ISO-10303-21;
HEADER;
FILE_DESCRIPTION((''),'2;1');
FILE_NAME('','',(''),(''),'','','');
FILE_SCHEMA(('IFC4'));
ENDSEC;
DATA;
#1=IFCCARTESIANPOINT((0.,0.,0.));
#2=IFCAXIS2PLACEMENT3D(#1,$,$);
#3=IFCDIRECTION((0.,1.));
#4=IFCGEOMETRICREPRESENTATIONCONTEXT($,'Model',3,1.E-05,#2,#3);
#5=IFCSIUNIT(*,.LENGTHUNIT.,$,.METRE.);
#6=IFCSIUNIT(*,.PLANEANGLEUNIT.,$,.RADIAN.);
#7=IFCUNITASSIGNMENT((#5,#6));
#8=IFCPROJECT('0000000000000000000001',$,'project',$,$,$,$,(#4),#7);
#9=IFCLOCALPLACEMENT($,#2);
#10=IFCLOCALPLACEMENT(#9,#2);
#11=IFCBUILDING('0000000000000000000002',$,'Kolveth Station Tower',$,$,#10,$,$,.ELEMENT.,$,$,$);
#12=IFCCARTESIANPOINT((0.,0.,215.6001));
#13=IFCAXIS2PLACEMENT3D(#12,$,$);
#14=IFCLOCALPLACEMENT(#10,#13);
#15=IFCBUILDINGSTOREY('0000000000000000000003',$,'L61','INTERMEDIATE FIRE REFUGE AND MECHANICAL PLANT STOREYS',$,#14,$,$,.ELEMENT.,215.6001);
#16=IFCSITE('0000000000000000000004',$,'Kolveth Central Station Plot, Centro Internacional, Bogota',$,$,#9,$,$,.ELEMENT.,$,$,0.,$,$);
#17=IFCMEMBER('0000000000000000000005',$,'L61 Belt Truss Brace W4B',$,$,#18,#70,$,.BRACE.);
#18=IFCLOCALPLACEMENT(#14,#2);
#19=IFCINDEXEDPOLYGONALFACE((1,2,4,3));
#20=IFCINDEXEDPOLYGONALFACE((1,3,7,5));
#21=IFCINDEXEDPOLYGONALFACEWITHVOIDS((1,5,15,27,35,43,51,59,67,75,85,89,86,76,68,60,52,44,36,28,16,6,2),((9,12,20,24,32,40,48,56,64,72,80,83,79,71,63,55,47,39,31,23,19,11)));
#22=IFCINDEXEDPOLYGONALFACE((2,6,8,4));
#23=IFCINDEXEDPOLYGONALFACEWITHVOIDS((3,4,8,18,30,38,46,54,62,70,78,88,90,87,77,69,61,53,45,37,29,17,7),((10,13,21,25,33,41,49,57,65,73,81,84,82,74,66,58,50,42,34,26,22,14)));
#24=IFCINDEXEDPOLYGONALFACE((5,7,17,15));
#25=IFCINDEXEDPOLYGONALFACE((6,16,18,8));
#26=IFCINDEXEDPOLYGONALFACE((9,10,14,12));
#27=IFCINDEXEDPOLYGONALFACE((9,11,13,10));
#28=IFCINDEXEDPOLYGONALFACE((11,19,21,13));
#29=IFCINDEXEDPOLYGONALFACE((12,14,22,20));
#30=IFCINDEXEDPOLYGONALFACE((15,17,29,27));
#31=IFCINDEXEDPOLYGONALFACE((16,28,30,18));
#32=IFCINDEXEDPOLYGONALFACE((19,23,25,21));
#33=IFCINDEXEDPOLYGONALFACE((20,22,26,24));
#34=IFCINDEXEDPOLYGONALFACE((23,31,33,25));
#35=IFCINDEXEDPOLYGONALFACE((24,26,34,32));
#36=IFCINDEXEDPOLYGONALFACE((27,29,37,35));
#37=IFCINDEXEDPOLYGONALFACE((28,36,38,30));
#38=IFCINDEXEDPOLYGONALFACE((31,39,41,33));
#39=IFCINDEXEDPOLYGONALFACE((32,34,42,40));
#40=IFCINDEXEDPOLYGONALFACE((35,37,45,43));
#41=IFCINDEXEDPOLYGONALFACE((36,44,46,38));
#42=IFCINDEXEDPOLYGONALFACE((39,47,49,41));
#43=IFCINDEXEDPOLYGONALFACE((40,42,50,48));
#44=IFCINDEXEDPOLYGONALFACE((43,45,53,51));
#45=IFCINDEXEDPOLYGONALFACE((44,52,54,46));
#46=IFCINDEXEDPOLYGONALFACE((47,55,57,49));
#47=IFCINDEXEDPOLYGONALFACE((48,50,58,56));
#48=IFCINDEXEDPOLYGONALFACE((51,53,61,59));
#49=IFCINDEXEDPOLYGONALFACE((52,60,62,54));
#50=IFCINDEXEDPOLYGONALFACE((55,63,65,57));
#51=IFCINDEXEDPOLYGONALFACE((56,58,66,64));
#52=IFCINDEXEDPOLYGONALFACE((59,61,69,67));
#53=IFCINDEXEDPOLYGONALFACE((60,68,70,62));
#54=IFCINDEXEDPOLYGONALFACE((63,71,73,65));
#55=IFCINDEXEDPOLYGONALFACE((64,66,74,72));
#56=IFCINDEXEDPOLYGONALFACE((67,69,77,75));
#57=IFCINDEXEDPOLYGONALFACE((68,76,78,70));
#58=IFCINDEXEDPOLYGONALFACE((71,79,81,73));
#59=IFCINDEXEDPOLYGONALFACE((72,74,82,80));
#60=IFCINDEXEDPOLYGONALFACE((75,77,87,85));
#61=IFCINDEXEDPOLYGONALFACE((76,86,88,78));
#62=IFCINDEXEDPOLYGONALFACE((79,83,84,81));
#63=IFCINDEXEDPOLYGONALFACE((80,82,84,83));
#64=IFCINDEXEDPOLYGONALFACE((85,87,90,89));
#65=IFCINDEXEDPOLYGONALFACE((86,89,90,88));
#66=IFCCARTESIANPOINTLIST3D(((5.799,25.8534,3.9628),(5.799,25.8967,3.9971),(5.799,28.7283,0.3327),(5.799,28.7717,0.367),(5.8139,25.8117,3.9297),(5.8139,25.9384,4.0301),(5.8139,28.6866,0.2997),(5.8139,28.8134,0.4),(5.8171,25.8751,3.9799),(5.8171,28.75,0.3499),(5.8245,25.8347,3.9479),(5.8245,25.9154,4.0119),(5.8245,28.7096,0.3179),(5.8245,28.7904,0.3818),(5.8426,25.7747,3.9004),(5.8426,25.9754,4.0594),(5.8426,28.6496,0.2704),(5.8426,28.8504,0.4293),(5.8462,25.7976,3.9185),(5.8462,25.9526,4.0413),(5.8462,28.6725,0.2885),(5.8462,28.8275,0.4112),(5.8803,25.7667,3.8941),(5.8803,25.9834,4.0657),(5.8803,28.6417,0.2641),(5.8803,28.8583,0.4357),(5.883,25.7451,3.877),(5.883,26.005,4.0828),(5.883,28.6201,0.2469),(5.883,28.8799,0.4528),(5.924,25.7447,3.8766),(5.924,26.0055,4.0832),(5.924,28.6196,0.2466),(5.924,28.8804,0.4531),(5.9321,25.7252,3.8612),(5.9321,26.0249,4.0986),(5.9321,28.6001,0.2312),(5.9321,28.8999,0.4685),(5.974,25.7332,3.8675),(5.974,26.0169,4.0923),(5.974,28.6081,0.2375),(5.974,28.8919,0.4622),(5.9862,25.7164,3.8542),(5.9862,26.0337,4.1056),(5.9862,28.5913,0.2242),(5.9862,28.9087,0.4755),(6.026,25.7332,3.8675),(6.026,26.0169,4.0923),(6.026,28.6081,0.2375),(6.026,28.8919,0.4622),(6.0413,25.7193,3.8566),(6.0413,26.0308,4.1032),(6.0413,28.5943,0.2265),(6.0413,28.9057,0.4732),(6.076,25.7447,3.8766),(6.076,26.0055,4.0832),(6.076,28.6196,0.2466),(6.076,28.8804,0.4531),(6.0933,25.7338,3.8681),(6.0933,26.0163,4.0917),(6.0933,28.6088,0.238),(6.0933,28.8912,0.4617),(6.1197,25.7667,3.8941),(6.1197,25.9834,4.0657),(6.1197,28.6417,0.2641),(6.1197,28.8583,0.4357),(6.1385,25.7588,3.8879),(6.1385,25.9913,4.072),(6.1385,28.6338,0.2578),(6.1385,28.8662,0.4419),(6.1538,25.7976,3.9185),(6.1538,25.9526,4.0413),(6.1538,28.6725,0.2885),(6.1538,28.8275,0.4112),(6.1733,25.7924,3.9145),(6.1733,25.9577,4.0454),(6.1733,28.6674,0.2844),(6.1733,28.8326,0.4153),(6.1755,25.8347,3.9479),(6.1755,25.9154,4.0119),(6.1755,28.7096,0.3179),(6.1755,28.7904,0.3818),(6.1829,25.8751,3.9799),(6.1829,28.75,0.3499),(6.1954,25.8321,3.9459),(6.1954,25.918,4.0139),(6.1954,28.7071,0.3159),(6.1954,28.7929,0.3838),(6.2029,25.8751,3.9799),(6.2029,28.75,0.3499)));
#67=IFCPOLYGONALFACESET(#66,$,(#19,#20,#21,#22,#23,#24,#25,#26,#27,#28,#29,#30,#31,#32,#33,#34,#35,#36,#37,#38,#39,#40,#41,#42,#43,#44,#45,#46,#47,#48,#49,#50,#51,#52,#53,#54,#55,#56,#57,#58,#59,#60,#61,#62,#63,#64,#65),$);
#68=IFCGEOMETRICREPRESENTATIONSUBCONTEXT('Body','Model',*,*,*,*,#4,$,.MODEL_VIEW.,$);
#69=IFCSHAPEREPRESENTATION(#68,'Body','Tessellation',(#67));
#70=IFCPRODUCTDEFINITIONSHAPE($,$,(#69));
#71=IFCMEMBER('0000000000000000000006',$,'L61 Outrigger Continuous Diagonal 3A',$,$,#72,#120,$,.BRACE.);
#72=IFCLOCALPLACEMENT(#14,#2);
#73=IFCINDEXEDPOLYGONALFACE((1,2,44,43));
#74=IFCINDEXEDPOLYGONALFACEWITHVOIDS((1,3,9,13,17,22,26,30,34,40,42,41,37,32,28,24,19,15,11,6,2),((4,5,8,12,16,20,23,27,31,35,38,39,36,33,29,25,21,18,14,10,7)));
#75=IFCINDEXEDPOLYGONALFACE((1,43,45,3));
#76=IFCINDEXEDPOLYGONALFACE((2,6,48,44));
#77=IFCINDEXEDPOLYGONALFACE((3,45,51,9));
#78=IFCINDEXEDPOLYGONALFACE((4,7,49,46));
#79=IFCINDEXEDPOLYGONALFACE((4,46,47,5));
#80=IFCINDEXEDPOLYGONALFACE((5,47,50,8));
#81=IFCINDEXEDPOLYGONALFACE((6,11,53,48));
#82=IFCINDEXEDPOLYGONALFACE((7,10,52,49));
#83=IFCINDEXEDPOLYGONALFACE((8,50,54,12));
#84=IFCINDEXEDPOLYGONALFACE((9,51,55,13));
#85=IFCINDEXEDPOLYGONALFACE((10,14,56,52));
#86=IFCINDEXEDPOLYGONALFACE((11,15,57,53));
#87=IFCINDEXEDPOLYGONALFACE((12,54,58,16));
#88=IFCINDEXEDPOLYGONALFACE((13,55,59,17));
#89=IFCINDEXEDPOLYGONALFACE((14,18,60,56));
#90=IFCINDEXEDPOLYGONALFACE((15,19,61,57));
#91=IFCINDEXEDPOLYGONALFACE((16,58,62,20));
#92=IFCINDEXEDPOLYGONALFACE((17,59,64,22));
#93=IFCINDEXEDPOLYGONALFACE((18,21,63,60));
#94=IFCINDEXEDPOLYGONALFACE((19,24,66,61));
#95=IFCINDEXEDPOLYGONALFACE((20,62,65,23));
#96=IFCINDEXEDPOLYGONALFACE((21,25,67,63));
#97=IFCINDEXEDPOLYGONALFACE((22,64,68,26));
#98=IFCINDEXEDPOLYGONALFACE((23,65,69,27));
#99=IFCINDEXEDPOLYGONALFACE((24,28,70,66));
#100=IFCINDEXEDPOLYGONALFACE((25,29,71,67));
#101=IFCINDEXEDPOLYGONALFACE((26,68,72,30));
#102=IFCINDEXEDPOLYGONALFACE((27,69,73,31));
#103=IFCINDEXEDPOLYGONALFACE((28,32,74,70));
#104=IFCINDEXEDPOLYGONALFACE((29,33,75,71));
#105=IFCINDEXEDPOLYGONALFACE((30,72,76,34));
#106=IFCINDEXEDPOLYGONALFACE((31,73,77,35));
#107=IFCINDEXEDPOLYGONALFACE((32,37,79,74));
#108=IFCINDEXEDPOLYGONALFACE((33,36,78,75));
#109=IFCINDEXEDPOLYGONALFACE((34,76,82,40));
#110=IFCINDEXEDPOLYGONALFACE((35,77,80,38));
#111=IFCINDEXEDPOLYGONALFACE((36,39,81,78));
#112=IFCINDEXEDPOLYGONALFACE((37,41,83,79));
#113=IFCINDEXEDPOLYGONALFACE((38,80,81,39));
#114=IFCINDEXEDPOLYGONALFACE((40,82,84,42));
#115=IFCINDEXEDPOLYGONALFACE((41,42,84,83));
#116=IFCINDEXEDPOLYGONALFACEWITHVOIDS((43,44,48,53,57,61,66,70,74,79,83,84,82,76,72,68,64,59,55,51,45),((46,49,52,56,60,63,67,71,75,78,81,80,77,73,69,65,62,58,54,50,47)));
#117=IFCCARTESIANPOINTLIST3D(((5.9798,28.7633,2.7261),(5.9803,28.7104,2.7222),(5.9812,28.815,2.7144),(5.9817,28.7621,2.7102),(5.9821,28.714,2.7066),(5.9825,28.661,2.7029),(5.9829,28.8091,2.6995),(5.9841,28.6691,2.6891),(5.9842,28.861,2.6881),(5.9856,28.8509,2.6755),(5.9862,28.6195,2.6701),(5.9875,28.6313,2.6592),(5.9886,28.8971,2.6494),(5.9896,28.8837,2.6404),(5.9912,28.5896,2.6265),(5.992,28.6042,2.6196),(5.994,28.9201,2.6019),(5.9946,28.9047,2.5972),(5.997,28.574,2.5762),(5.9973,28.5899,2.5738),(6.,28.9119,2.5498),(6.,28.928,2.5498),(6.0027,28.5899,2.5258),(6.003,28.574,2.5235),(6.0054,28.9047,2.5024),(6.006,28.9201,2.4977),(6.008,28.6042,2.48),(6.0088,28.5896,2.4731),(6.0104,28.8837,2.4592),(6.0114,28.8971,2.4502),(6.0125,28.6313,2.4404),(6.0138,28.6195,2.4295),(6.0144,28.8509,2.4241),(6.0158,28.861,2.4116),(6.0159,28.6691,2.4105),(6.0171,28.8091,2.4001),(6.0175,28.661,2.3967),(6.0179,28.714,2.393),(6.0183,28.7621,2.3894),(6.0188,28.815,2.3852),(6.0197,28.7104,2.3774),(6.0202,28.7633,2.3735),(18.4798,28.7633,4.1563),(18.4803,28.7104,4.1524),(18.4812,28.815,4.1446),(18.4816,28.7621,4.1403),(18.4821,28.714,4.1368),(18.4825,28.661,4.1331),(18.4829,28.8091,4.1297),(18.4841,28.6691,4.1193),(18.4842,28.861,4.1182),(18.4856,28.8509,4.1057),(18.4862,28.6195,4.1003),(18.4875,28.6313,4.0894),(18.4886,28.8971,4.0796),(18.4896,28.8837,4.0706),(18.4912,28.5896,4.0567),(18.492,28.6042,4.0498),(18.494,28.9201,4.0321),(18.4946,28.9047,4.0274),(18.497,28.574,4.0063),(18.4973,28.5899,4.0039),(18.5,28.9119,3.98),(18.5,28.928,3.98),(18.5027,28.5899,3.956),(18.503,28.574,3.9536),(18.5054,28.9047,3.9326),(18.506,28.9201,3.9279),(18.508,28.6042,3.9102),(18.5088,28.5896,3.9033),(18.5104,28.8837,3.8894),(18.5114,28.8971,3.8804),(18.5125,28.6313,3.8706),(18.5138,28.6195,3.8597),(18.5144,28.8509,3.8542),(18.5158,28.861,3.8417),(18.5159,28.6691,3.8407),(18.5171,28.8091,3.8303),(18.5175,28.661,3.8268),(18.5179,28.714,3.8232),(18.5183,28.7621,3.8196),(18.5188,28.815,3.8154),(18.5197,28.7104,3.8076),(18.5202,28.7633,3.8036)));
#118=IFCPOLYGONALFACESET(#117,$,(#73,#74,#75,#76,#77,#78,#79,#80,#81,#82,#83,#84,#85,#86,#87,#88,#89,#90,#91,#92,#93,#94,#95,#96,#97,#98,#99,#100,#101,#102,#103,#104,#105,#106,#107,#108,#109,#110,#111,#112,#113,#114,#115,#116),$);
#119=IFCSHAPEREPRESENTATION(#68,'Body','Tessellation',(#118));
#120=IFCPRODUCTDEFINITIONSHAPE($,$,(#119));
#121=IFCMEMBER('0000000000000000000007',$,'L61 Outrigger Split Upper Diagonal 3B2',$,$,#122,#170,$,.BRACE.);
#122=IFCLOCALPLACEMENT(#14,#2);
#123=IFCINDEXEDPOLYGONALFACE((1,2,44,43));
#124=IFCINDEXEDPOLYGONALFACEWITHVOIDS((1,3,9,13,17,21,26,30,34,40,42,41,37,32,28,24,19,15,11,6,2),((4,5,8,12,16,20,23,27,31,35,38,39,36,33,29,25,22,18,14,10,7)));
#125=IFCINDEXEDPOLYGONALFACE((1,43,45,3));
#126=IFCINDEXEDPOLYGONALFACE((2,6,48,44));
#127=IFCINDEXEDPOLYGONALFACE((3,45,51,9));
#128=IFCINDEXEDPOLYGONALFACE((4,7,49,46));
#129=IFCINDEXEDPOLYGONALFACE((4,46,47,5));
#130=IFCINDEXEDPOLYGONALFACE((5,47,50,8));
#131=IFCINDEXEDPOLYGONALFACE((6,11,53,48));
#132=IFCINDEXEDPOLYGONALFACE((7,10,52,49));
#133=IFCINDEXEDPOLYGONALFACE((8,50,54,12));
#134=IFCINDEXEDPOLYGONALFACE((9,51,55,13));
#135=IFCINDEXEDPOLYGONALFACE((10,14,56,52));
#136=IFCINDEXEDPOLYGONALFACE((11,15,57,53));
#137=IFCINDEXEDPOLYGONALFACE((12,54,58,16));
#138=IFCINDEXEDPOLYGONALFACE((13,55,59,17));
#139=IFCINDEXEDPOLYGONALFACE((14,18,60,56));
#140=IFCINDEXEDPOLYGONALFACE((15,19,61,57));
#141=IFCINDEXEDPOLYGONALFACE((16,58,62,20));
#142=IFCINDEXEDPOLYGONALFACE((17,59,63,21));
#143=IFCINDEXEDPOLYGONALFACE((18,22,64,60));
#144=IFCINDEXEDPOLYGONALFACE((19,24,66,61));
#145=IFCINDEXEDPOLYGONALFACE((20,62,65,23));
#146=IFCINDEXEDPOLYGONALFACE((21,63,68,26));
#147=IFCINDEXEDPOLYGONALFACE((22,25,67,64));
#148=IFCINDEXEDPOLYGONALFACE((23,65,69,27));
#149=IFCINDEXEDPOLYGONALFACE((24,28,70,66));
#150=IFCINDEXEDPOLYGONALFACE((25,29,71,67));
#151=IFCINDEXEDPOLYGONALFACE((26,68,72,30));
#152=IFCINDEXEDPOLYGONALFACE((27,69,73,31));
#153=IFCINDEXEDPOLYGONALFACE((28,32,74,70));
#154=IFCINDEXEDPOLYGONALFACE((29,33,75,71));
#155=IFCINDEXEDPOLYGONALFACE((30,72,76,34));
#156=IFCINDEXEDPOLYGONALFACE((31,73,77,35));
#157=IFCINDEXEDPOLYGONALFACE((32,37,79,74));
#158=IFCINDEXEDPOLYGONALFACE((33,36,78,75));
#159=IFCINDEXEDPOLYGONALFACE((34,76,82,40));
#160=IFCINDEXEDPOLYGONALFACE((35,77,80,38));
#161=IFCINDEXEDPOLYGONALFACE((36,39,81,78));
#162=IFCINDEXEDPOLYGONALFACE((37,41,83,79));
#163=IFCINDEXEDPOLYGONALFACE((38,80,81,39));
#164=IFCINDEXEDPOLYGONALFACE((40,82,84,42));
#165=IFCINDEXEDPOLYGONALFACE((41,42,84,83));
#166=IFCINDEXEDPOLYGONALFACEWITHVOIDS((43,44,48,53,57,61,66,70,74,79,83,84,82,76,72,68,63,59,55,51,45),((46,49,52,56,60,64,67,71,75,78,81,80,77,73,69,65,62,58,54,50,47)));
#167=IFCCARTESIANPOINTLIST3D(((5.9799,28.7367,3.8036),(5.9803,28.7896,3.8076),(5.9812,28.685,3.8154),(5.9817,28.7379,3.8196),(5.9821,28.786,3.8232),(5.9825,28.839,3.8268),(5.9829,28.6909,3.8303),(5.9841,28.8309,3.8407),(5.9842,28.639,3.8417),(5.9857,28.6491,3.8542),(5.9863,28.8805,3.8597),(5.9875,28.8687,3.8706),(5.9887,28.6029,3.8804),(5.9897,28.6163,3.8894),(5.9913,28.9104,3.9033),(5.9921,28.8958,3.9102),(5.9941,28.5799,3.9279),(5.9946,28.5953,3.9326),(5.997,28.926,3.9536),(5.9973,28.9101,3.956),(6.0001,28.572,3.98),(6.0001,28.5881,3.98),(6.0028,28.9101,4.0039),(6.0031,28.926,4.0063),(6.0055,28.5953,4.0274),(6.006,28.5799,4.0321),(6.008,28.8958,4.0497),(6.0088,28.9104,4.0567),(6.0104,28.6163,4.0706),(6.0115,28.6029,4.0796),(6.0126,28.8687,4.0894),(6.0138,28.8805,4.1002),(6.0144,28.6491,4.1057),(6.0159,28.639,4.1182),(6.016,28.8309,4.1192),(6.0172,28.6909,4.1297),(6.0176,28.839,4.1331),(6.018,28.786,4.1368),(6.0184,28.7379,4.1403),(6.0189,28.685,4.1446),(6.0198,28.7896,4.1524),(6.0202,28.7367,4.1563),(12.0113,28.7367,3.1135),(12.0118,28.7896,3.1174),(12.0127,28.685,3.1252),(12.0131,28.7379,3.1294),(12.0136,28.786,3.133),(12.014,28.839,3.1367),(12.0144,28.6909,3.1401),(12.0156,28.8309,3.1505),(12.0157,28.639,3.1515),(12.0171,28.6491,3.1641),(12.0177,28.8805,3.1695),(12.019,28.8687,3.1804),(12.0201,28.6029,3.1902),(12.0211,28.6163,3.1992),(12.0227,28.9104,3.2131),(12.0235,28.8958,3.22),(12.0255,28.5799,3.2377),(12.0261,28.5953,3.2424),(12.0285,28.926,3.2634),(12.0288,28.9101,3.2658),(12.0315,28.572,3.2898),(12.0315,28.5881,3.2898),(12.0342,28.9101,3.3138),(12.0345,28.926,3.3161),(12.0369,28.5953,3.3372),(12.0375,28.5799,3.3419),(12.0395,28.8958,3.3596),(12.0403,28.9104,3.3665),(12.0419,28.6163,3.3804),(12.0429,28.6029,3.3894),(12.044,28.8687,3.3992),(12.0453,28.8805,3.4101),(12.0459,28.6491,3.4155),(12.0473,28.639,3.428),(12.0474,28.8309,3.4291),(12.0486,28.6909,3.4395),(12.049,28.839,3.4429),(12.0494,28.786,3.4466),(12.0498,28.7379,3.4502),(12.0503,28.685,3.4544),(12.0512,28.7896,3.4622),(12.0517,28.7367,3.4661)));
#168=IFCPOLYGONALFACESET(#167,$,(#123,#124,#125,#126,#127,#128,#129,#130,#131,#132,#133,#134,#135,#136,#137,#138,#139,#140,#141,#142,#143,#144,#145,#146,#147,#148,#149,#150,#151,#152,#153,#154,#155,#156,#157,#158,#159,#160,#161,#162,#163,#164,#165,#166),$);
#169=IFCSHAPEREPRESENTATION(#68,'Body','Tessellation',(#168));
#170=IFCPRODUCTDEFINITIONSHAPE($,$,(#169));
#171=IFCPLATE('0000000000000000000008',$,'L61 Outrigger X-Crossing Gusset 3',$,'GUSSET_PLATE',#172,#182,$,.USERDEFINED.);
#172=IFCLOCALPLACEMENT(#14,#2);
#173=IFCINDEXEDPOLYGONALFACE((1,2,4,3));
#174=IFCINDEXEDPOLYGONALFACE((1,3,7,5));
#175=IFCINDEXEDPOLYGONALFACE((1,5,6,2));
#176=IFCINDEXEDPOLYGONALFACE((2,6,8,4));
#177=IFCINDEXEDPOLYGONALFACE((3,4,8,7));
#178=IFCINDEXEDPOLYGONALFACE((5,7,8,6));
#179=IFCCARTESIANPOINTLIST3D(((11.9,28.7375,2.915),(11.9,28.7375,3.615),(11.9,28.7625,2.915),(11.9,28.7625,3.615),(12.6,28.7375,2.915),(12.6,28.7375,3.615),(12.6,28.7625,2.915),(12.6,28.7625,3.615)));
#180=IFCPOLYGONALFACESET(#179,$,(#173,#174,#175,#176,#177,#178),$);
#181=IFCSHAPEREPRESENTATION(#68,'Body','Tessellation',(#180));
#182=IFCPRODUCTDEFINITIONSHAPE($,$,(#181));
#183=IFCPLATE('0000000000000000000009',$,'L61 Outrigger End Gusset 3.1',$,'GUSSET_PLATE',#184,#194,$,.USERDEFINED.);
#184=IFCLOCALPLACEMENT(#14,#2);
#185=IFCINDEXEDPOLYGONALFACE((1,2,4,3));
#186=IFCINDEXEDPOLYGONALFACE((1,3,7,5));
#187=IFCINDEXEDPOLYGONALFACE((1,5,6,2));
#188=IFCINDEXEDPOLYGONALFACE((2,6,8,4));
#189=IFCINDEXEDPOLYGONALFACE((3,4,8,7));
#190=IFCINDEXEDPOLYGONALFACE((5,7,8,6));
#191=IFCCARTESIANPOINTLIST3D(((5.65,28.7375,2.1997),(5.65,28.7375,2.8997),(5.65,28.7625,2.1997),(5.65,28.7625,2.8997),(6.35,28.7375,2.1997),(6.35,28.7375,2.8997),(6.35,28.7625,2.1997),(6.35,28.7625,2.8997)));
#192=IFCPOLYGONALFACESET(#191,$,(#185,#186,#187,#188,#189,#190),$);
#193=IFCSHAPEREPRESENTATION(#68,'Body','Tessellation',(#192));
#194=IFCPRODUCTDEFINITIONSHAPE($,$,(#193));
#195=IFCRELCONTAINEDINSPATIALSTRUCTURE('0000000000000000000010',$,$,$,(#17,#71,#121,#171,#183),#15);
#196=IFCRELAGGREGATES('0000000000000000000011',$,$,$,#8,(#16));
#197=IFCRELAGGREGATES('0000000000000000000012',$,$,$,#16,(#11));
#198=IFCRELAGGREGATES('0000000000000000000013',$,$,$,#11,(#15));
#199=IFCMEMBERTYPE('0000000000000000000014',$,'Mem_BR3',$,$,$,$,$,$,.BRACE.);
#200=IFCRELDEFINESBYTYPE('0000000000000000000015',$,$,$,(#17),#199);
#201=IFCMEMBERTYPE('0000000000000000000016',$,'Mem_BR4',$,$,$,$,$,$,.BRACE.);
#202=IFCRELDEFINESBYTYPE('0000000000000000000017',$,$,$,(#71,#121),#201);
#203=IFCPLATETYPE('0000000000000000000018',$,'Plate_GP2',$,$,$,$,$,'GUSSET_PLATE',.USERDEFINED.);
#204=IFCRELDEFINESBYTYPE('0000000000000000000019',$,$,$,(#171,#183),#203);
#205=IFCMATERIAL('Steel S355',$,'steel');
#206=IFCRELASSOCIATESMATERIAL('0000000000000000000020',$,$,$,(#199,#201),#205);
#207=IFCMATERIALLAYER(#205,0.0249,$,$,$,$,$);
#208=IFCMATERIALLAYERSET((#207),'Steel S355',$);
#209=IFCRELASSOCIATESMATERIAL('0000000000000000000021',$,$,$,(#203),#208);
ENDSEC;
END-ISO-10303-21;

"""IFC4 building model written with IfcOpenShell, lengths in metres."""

from ifc_helpers import new_model, si_unit, direction, frame, origin, origin_2d, place, context, subcontext, project, spatial, rectangle, hollow_circle, extrude, source, transform, mapped, material, layer, layer_set, material_profile, profile_set, type_object, element, save


model = new_model("IFC4")

# Units and contexts
model_context = context("Model", 3, precision=1e-05, world=origin(), true_north=direction((0.0, 1.0)))
body_context = subcontext(model_context, "Body", "Model", "MODEL_VIEW")
ifc_project = project(units=[si_unit("LENGTHUNIT", "METRE"), si_unit("PLANEANGLEUNIT", "RADIAN")], contexts=[model_context])

# Site, building, storey
site_placement = place(None, origin())
site = spatial("IfcSite", under=ifc_project, at=site_placement, Name="Kolveth Central Station Plot, Centro Internacional, Bogota", CompositionType="ELEMENT", RefElevation=0.0)
building_placement = place(site_placement, origin())
building = spatial("IfcBuilding", under=site, at=building_placement, Name="Kolveth Station Tower", CompositionType="ELEMENT")
storey_placement = place(building_placement, frame((0.0, 0.0, 215.6001)))
storey = spatial("IfcBuildingStorey", under=building, at=storey_placement, Name="L61", Description="INTERMEDIATE FIRE REFUGE AND MECHANICAL PLANT STOREYS", CompositionType="ELEMENT", Elevation=215.6001)

# Shared definitions
ifc_material_1 = material(Name="Steel S355", Category="steel")

# Members
ifc_material_profile_1 = material_profile(ifc_material_1, hollow_circle(Radius=0.2029, WallThickness=0.02, at=origin_2d()), Name="CHS406x20")
ifc_profile_set_1 = profile_set([ifc_material_profile_1], Name="Steel S355")
member_type_1 = type_object("IfcMemberType", Name="Mem_BR3", PredefinedType="BRACE", material=ifc_profile_set_1)
shared_shape_1 = source(origin(), body_context, "Body", "SweptSolid", [
    extrude(hollow_circle(Radius=0.2029, WallThickness=0.02, at=origin_2d()), origin(), (0.0, 0.0, 1.0), 4.6306),
])
member_1_placement = place(storey_placement, frame((6.0, 28.75, 0.3499), z_axis=(0.0, -0.620856, 0.783925), x_axis=(1.0, 0.0, 0.0)))
element("IfcMember", 1, at=member_1_placement, inside=storey, type_object=member_type_1, Name="L61 Belt Truss Brace W4B", PredefinedType="BRACE", context=body_context, shape_type="MappedRepresentation", body=[
    mapped(shared_shape_1, transform((0.0, 0.0, 0.0), x_axis=(1.0, 0.0, 0.0), y_axis=(0.0, 1.0, 0.0), z_axis=(0.0, 0.0, 1.0), scale=1.0)),
])
ifc_material_profile_2 = material_profile(ifc_material_1, hollow_circle(Radius=0.178, WallThickness=0.0161, at=origin_2d()), Name="CHS356x16")
ifc_profile_set_2 = profile_set([ifc_material_profile_2], Name="Steel S355")
member_type_2 = type_object("IfcMemberType", Name="Mem_BR4", PredefinedType="BRACE", material=ifc_profile_set_2)
shared_shape_2 = source(origin(), body_context, "Body", "SweptSolid", [
    extrude(hollow_circle(Radius=0.178, WallThickness=0.0161, at=origin_2d()), origin(), (0.0, 0.0, 1.0), 12.5815),
])
member_2_placement = place(storey_placement, frame((6.0, 28.75, 2.5498), z_axis=(0.993518, 0.0, 0.113672), x_axis=(0.0, 1.0, 0.0)))
element("IfcMember", 2, at=member_2_placement, inside=storey, type_object=member_type_2, Name="L61 Outrigger Continuous Diagonal 3A", PredefinedType="BRACE", context=body_context, shape_type="MappedRepresentation", body=[
    mapped(shared_shape_2, transform((0.0, 0.0, 0.0), x_axis=(1.0, 0.0, 0.0), y_axis=(0.0, 1.0, 0.0), z_axis=(0.0, 0.0, 1.0), scale=1.0)),
])
shared_shape_3 = source(origin(), body_context, "Body", "SweptSolid", [
    extrude(hollow_circle(Radius=0.178, WallThickness=0.0161, at=origin_2d()), origin(), (0.0, 0.0, 1.0), 6.0708),
])
member_3_placement = place(storey_placement, frame((12.0315, 28.75, 3.2898), z_axis=(-0.993516, 0.0, 0.113688), x_axis=(0.0, -1.0, 0.0)))
element("IfcMember", 3, at=member_3_placement, inside=storey, type_object=member_type_2, Name="L61 Outrigger Split Upper Diagonal 3B2", PredefinedType="BRACE", context=body_context, shape_type="MappedRepresentation", body=[
    mapped(shared_shape_3, transform((0.0, 0.0, 0.0), x_axis=(1.0, 0.0, 0.0), y_axis=(0.0, 1.0, 0.0), z_axis=(0.0, 0.0, 1.0), scale=1.0)),
])

# Plates
ifc_layer_1 = layer(ifc_material_1, 0.0249)
ifc_layer_set_1 = layer_set([ifc_layer_1], Name="Steel S355")
plate_type_1 = type_object("IfcPlateType", Name="Plate_GP2", ElementType="GUSSET_PLATE", PredefinedType="USERDEFINED", material=ifc_layer_set_1)
shared_shape_4 = source(origin(), body_context, "Body", "SweptSolid", [
    extrude(rectangle(XDim=0.7, YDim=0.0249, at=origin_2d()), origin(), (0.0, 0.0, 1.0), 0.7),
])
for number, where, z_axis, x_axis, name in (
    (4, (12.25, 28.75, 2.915), (0.0, 0.0, 1.0), (1.0, 0.0, 0.0), "L61 Outrigger X-Crossing Gusset 3"),
    (5, (6.0, 28.75, 2.1997), (0.0, 0.0, 1.0), (1.0, 0.0, 0.0), "L61 Outrigger End Gusset 3.1"),
):
    element("IfcPlate", number, at=place(storey_placement, frame(where, z_axis=z_axis, x_axis=x_axis)), inside=storey, type_object=plate_type_1, Name=name, ObjectType="GUSSET_PLATE", PredefinedType="USERDEFINED", context=body_context, shape_type="MappedRepresentation", body=[
        mapped(shared_shape_4, transform((0.0, 0.0, 0.0), x_axis=(1.0, 0.0, 0.0), y_axis=(0.0, 1.0, 0.0), z_axis=(0.0, 0.0, 1.0), scale=1.0)),
    ])

save(model, "model.ifc")
